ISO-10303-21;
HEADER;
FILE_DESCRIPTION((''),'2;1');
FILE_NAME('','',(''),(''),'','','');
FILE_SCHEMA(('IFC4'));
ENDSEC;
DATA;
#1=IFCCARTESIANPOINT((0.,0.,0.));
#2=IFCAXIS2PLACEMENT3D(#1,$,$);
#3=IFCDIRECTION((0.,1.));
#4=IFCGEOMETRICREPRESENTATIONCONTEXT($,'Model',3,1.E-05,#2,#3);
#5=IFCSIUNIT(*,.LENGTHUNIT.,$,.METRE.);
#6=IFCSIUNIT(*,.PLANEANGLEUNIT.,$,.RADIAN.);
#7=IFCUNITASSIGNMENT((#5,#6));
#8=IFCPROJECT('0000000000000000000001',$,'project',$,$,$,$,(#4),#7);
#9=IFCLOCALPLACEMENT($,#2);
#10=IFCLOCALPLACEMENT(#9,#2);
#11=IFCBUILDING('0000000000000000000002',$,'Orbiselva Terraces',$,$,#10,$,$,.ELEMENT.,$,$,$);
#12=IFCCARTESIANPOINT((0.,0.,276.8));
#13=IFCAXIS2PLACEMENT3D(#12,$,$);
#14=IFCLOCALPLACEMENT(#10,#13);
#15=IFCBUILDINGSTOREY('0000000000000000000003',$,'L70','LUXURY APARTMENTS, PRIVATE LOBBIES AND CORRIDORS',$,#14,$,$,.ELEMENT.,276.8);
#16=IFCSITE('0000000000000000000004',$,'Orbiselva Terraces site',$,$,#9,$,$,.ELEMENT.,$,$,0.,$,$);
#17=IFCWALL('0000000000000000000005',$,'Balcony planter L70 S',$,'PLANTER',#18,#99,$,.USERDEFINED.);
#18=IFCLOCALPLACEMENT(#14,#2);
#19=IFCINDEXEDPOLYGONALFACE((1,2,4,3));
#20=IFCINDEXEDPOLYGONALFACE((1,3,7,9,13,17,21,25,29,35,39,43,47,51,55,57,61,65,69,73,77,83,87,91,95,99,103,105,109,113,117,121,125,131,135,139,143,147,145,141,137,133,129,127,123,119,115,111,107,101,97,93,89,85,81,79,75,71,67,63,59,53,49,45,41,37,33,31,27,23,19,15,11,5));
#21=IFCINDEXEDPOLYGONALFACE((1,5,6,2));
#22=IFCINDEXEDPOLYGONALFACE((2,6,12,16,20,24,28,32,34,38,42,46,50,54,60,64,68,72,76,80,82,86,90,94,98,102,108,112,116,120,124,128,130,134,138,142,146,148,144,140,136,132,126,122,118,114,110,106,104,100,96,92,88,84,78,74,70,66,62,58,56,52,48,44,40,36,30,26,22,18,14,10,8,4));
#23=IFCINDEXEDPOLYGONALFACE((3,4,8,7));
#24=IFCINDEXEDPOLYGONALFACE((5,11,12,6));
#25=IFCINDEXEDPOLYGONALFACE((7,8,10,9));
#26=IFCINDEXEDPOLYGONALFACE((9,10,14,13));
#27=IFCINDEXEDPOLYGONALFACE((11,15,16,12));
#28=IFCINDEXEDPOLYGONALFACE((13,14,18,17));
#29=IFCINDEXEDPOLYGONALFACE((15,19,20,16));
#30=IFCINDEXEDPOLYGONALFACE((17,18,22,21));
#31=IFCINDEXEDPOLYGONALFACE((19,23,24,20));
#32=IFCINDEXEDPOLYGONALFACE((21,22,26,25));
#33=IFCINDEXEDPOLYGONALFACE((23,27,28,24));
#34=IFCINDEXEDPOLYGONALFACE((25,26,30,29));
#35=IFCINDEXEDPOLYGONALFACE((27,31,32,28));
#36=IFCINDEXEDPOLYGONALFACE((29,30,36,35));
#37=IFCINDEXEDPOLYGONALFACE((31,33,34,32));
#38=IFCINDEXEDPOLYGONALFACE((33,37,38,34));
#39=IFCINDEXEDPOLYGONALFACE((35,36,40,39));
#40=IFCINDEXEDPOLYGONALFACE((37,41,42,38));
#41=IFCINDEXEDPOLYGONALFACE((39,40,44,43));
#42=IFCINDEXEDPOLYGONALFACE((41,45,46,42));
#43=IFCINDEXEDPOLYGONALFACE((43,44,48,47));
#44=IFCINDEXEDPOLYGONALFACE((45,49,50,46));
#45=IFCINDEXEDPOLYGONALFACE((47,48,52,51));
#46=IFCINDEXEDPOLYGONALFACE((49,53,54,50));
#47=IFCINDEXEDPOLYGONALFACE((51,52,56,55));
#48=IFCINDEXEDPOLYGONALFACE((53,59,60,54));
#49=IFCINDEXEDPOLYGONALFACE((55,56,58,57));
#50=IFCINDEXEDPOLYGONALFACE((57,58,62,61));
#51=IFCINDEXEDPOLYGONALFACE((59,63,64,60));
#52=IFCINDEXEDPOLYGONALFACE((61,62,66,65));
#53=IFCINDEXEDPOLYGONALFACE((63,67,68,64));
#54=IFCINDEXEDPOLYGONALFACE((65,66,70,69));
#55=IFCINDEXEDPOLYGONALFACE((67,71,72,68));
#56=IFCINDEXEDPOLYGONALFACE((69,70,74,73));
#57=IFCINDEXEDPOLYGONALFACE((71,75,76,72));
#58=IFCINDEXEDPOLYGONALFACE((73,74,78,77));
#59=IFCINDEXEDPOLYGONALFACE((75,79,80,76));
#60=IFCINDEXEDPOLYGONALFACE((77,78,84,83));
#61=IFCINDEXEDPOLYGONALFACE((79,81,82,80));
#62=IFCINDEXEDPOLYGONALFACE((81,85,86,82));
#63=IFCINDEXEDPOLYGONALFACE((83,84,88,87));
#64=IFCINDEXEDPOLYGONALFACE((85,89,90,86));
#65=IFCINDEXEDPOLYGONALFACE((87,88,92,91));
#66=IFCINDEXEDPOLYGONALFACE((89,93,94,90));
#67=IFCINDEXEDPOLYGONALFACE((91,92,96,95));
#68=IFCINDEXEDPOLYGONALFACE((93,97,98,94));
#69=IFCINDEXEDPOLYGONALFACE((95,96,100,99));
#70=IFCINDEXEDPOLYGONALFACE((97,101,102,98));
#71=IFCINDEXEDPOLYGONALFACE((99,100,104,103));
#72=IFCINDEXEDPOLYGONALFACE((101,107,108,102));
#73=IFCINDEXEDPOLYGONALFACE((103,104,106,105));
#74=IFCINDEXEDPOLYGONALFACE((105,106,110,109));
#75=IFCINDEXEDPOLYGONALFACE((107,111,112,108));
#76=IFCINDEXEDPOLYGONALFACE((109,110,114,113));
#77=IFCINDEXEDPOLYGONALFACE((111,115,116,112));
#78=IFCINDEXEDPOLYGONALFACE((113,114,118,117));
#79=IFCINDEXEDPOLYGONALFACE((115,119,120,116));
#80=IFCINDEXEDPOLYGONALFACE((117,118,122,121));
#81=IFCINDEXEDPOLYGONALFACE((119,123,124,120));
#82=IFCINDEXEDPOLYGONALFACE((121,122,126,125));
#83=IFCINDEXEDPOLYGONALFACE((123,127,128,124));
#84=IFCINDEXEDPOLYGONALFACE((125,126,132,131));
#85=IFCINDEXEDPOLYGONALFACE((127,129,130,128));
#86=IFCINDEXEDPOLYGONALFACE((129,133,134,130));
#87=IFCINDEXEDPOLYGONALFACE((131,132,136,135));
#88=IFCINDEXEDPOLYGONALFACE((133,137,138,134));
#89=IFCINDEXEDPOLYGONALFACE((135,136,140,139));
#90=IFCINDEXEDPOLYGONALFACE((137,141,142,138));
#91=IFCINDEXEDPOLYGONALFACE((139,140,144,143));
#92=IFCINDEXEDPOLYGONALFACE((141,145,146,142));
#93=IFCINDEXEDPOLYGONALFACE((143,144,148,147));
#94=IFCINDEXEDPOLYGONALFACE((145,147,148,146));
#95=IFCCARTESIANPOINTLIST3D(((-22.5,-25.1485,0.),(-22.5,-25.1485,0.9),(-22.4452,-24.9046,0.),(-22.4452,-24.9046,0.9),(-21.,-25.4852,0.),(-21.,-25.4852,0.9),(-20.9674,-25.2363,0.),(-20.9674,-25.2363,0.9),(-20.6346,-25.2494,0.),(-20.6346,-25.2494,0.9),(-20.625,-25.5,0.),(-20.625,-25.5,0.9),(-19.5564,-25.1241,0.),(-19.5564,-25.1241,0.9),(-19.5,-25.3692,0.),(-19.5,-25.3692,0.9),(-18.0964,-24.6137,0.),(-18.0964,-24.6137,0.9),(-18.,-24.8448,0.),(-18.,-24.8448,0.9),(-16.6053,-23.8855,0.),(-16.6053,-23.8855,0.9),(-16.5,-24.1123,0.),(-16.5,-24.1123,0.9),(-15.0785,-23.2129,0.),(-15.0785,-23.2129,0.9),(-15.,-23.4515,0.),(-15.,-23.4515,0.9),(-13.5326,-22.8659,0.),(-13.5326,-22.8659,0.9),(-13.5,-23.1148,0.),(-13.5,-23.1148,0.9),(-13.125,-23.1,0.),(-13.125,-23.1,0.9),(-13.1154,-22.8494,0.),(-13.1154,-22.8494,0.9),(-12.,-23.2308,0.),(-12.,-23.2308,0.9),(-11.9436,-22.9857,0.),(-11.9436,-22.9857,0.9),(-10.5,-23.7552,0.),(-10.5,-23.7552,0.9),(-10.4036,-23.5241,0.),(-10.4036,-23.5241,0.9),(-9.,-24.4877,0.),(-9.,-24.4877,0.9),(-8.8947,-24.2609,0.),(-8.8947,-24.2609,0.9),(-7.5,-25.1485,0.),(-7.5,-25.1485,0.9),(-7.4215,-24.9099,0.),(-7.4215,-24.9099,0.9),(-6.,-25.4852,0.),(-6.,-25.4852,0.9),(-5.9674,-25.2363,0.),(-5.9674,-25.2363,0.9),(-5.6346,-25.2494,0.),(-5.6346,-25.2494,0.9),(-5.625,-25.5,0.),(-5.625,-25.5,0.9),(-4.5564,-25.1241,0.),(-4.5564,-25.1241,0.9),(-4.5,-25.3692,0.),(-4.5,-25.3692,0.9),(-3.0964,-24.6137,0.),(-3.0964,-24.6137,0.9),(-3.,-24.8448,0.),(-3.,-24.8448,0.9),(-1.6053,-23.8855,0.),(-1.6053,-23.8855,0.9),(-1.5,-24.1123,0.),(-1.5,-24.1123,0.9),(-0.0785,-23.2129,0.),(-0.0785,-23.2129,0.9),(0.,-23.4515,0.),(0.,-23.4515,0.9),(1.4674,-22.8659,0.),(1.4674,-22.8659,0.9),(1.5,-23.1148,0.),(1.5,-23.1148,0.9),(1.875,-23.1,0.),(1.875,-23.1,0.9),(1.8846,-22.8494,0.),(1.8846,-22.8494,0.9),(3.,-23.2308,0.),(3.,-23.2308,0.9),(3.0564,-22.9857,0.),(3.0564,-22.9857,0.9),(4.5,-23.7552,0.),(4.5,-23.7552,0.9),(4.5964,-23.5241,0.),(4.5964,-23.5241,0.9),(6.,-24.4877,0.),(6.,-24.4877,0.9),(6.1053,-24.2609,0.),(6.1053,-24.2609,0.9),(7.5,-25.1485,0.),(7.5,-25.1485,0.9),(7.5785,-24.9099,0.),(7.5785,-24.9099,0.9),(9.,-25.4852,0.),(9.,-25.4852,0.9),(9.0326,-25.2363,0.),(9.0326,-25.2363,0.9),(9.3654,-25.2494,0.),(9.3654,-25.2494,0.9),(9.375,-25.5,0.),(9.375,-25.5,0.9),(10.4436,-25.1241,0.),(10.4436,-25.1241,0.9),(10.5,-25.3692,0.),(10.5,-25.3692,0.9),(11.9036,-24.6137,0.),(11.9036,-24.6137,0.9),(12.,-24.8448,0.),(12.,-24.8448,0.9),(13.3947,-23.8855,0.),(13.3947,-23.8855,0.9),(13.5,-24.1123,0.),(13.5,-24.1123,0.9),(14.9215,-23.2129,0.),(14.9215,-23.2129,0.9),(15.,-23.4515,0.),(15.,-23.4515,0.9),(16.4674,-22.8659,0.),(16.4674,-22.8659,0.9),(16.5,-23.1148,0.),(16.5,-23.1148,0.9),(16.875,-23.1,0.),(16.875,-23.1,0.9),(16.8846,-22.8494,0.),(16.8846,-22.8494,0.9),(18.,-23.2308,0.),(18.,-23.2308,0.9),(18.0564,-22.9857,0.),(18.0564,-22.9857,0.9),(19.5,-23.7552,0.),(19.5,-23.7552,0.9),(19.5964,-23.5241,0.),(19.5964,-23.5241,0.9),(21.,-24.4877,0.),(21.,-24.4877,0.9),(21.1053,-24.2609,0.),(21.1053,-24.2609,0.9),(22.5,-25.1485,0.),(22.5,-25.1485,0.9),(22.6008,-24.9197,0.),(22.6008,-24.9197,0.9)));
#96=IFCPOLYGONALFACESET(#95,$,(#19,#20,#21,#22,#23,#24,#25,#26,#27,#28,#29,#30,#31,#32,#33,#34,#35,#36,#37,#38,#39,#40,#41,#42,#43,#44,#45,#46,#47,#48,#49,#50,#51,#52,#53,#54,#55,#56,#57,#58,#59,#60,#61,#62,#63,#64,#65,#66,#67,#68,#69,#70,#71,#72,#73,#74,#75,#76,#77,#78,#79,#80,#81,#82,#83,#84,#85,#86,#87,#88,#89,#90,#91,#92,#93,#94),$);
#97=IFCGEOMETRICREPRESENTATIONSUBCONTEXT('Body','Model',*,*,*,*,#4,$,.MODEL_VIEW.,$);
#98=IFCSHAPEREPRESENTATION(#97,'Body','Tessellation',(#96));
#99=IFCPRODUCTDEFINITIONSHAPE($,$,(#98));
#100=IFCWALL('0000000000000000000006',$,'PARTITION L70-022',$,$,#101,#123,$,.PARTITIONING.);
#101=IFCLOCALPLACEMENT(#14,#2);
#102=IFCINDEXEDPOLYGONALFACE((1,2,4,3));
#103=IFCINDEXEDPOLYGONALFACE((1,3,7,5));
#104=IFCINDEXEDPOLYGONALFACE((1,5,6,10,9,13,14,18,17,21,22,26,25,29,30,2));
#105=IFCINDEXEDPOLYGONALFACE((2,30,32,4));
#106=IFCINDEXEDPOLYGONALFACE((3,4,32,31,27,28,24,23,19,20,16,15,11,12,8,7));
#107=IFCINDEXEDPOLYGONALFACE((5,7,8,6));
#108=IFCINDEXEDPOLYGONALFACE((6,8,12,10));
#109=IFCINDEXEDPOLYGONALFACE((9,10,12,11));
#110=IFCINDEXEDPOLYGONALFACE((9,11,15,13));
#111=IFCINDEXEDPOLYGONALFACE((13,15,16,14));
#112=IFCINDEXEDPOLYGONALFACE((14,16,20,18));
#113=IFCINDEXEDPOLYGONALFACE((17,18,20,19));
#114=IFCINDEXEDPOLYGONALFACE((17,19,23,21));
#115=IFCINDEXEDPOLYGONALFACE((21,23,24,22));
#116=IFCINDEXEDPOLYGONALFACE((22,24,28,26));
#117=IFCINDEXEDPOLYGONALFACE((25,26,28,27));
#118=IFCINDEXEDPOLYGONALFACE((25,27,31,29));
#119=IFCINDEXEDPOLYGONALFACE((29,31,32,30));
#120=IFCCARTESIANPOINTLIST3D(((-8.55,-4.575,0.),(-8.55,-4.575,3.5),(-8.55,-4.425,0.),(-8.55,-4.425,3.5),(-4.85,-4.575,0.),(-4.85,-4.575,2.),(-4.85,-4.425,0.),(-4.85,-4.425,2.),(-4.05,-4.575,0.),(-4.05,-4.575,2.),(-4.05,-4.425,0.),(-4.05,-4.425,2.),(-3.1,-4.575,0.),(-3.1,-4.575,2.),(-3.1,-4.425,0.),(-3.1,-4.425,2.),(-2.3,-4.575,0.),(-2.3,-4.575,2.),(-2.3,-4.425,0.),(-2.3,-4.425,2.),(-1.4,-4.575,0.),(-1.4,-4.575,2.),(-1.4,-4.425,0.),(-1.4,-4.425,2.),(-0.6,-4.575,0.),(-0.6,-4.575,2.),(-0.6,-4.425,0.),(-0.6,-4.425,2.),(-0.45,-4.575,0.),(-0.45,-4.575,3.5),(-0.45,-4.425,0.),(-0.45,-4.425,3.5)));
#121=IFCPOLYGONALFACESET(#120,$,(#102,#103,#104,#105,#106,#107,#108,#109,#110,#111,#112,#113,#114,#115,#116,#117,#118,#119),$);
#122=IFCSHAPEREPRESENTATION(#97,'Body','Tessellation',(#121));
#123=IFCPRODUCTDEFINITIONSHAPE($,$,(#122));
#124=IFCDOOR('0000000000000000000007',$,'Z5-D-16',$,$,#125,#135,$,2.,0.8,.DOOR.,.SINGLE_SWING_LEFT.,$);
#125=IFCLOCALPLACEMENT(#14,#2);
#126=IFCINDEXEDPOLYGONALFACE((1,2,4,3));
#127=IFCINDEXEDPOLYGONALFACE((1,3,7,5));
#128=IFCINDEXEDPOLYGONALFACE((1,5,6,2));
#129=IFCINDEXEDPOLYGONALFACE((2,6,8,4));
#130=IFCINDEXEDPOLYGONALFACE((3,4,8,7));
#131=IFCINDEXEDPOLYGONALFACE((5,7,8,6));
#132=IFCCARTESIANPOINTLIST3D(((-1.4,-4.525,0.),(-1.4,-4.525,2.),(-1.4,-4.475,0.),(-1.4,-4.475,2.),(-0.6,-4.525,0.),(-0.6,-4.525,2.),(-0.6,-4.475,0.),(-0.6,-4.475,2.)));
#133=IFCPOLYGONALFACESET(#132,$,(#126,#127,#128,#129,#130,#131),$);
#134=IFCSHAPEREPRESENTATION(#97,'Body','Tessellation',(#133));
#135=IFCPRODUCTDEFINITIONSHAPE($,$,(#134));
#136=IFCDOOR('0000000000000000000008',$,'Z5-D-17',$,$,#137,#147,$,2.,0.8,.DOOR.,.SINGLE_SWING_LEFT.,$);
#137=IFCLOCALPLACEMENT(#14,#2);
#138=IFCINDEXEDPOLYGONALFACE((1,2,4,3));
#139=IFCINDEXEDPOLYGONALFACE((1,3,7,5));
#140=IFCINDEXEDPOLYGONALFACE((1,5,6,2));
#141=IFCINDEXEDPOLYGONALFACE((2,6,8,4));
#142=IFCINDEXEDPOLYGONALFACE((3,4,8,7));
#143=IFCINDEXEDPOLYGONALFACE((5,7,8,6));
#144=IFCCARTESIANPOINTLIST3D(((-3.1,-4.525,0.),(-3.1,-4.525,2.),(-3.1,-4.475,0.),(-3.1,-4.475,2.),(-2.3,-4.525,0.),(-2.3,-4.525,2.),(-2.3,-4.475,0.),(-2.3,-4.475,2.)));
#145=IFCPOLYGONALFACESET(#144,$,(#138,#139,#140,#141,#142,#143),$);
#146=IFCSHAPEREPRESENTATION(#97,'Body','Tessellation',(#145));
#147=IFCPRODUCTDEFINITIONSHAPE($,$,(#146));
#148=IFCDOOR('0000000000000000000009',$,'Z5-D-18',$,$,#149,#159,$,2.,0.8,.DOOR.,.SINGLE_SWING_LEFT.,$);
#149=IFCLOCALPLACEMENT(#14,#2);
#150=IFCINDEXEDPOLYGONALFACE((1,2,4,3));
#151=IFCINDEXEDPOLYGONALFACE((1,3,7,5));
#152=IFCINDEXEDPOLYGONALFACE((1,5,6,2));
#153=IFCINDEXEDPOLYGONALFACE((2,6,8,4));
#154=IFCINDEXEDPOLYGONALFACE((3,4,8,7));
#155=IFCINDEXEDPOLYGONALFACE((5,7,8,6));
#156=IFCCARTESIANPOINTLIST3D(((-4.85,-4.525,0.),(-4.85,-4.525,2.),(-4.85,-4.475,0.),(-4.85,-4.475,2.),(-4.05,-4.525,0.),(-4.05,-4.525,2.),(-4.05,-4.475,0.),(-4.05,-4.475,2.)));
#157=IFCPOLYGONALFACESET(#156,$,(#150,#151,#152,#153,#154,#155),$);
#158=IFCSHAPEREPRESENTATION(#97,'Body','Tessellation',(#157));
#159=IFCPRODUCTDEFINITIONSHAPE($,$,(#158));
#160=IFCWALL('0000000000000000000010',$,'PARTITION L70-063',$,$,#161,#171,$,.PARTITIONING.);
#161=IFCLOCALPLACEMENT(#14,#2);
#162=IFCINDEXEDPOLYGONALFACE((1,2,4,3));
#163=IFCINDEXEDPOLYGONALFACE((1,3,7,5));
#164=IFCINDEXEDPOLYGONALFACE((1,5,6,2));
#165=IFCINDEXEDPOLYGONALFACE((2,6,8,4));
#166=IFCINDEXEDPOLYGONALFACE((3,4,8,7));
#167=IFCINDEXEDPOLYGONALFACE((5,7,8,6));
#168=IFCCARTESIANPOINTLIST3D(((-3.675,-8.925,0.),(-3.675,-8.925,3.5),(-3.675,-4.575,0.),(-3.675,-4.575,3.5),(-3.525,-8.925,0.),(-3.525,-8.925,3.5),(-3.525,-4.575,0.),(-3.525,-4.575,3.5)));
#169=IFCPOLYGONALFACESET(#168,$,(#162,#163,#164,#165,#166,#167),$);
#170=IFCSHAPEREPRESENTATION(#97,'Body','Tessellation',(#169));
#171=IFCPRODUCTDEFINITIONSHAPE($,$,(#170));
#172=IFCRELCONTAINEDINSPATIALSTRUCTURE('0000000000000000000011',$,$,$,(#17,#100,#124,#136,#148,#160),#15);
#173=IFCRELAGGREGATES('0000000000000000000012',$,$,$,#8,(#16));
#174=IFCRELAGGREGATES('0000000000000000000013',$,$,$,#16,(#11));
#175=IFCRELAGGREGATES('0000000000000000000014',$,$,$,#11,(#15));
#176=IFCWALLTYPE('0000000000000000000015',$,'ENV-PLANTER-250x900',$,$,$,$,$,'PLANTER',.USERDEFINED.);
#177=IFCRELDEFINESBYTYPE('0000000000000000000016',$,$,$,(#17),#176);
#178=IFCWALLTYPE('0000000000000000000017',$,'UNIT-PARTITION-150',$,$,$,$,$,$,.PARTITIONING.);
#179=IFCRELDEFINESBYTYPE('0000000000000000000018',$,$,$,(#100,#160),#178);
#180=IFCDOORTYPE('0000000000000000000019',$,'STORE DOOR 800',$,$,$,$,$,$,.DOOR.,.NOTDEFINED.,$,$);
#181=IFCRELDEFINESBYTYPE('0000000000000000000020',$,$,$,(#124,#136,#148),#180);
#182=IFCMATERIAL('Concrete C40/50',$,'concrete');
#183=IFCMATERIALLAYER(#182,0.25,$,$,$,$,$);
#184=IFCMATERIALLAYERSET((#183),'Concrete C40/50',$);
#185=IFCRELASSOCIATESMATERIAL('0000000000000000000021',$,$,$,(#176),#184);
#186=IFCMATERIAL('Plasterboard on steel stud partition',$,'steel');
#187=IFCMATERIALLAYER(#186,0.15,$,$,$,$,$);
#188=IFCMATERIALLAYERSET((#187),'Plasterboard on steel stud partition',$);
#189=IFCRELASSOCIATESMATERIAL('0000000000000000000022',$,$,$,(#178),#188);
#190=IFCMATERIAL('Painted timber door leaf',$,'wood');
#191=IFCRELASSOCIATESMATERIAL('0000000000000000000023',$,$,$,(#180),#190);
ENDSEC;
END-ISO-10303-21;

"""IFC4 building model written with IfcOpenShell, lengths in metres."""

from ifc_helpers import new_model, si_unit, direction, frame, frame_2d, origin, place, context, subcontext, project, spatial, polyline, rectangle, outline, extrude, material, layer, layer_set, type_object, element, fill, save


model = new_model("IFC4")

# Units and contexts
model_context = context("Model", 3, precision=1e-05, world=origin(), true_north=direction((0.0, 1.0)))
body_context = subcontext(model_context, "Body", "Model", "MODEL_VIEW")
ifc_project = project(units=[si_unit("LENGTHUNIT", "METRE"), si_unit("PLANEANGLEUNIT", "RADIAN")], contexts=[model_context])

# Site, building, storey
site_placement = place(None, origin())
site = spatial("IfcSite", under=ifc_project, at=site_placement, Name="Orbiselva Terraces site", CompositionType="ELEMENT", RefElevation=0.0)
building_placement = place(site_placement, origin())
building = spatial("IfcBuilding", under=site, at=building_placement, Name="Orbiselva Terraces", CompositionType="ELEMENT")
storey_placement = place(building_placement, frame((0.0, 0.0, 276.8)))
storey = spatial("IfcBuildingStorey", under=building, at=storey_placement, Name="L70", Description="LUXURY APARTMENTS, PRIVATE LOBBIES AND CORRIDORS", CompositionType="ELEMENT", Elevation=276.8)

# Wall
ifc_material_1 = material(Name="Concrete C40/50", Category="concrete")
ifc_layer_1 = layer(ifc_material_1, 0.25)
ifc_layer_set_1 = layer_set([ifc_layer_1], Name="Concrete C40/50")
wall_type_1 = type_object("IfcWallType", Name="ENV-PLANTER-250x900", ElementType="PLANTER", PredefinedType="USERDEFINED", material=ifc_layer_set_1)
wall_1_placement = place(storey_placement, origin())
element("IfcWall", 1, at=wall_1_placement, inside=storey, type_object=wall_type_1, Name="Balcony planter L70 S", ObjectType="PLANTER", PredefinedType="USERDEFINED", context=body_context, shape_type="SweptSolid", body=[
    extrude(outline(polyline([(-22.5, -25.1485), (-21.0, -25.4852), (-20.625, -25.5), (-19.5, -25.3692), (-18.0, -24.8448), (-16.5, -24.1123), (-15.0, -23.4515), (-13.5, -23.1148), (-13.125, -23.1), (-12.0, -23.2308), (-10.5, -23.7552), (-9.0, -24.4877), (-7.5, -25.1485), (-6.0, -25.4852), (-5.625, -25.5), (-4.5, -25.3692), (-3.0, -24.8448), (-1.5, -24.1123), (0.0, -23.4515), (1.5, -23.1148), (1.875, -23.1), (3.0, -23.2308), (4.5, -23.7552), (6.0, -24.4877), (7.5, -25.1485), (9.0, -25.4852), (9.375, -25.5), (10.5, -25.3692), (12.0, -24.8448), (13.5, -24.1123), (15.0, -23.4515), (16.5, -23.1148), (16.875, -23.1), (18.0, -23.2308), (19.5, -23.7552), (21.0, -24.4877), (22.5, -25.1485), (22.6008, -24.9197), (21.1053, -24.2609), (19.5964, -23.5241), (18.0564, -22.9857), (16.8846, -22.8494), (16.4674, -22.8659), (14.9215, -23.2129), (13.3947, -23.8855), (11.9036, -24.6137), (10.4436, -25.1241), (9.3654, -25.2494), (9.0326, -25.2363), (7.5785, -24.9099), (6.1053, -24.2609), (4.5964, -23.5241), (3.0564, -22.9857), (1.8846, -22.8494), (1.4674, -22.8659), (-0.0785, -23.2129), (-1.6053, -23.8855), (-3.0964, -24.6137), (-4.5564, -25.1241), (-5.6346, -25.2494), (-5.9674, -25.2363), (-7.4215, -24.9099), (-8.8947, -24.2609), (-10.4036, -23.5241), (-11.9436, -22.9857), (-13.1154, -22.8494), (-13.5326, -22.8659), (-15.0785, -23.2129), (-16.6053, -23.8855), (-18.0964, -24.6137), (-19.5564, -25.1241), (-20.6346, -25.2494), (-20.9674, -25.2363), (-22.4452, -24.9046), (-22.5, -25.1485)])), origin(), (0.0, 0.0, 1.0), 0.9),
])

# Wall, openings, doors
ifc_material_2 = material(Name="Plasterboard on steel stud partition", Category="steel")
ifc_layer_2 = layer(ifc_material_2, 0.15)
ifc_layer_set_2 = layer_set([ifc_layer_2], Name="Plasterboard on steel stud partition")
wall_type_2 = type_object("IfcWallType", Name="UNIT-PARTITION-150", PredefinedType="PARTITIONING", material=ifc_layer_set_2)
wall_2_placement = place(storey_placement, frame((-0.45, -4.5, 0.0), z_axis=(0.0, 0.0, 1.0), x_axis=(-1.0, 0.0, 0.0)))
wall_2 = element("IfcWall", 2, at=wall_2_placement, inside=storey, type_object=wall_type_2, Name="PARTITION L70-022", PredefinedType="PARTITIONING", context=body_context, shape_type="SweptSolid", body=[
    extrude(rectangle(XDim=8.1, YDim=0.15, at=frame_2d((4.05, 0.0))), origin(), (0.0, 0.0, 1.0), 3.5),
])
opening_1_placement = place(wall_2_placement, frame((0.15, 0.0, 0.0)))
opening_1 = element("IfcOpeningElement", 3, at=opening_1_placement, cuts=wall_2, PredefinedType="OPENING", context=body_context, shape_type="SweptSolid", body=[
    extrude(rectangle(XDim=0.8, YDim=2.0, at=frame_2d((0.4, 1.0))), frame((0.0, 0.085, 0.0), z_axis=(0.0, -1.0, 0.0), x_axis=(1.0, 0.0, 0.0)), (0.0, 0.0, 1.0), 0.17),
])
opening_2_placement = place(wall_2_placement, frame((1.85, 0.0, 0.0)))
opening_2 = element("IfcOpeningElement", 4, at=opening_2_placement, cuts=wall_2, PredefinedType="OPENING", context=body_context, shape_type="SweptSolid", body=[
    extrude(rectangle(XDim=0.8, YDim=2.0, at=frame_2d((0.4, 1.0))), frame((0.0, 0.085, 0.0), z_axis=(0.0, -1.0, 0.0), x_axis=(1.0, 0.0, 0.0)), (0.0, 0.0, 1.0), 0.17),
])
opening_3_placement = place(wall_2_placement, frame((3.6, 0.0, 0.0)))
opening_3 = element("IfcOpeningElement", 5, at=opening_3_placement, cuts=wall_2, PredefinedType="OPENING", context=body_context, shape_type="SweptSolid", body=[
    extrude(rectangle(XDim=0.8, YDim=2.0, at=frame_2d((0.4, 1.0))), frame((0.0, 0.085, 0.0), z_axis=(0.0, -1.0, 0.0), x_axis=(1.0, 0.0, 0.0)), (0.0, 0.0, 1.0), 0.17),
])
ifc_material_3 = material(Name="Painted timber door leaf", Category="wood")
door_type = type_object("IfcDoorType", Name="STORE DOOR 800", OperationType="NOTDEFINED", PredefinedType="DOOR", material=ifc_material_3)
door_1_placement = place(opening_1_placement, origin())
door_1 = element("IfcDoor", 6, at=door_1_placement, inside=storey, type_object=door_type, Name="Z5-D-16", OperationType="SINGLE_SWING_LEFT", OverallHeight=2.0, OverallWidth=0.8, PredefinedType="DOOR", context=body_context, shape_type="SweptSolid", body=[
    extrude(rectangle(XDim=0.8, YDim=2.0, at=frame_2d((0.4, 1.0))), frame((0.0, 0.025, 0.0), z_axis=(0.0, -1.0, 0.0), x_axis=(1.0, 0.0, 0.0)), (0.0, 0.0, 1.0), 0.05),
])
fill(opening_1, door_1)
door_2_placement = place(opening_2_placement, origin())
door_2 = element("IfcDoor", 7, at=door_2_placement, inside=storey, type_object=door_type, Name="Z5-D-17", OperationType="SINGLE_SWING_LEFT", OverallHeight=2.0, OverallWidth=0.8, PredefinedType="DOOR", context=body_context, shape_type="SweptSolid", body=[
    extrude(rectangle(XDim=0.8, YDim=2.0, at=frame_2d((0.4, 1.0))), frame((0.0, 0.025, 0.0), z_axis=(0.0, -1.0, 0.0), x_axis=(1.0, 0.0, 0.0)), (0.0, 0.0, 1.0), 0.05),
])
fill(opening_2, door_2)
door_3_placement = place(opening_3_placement, origin())
door_3 = element("IfcDoor", 8, at=door_3_placement, inside=storey, type_object=door_type, Name="Z5-D-18", OperationType="SINGLE_SWING_LEFT", OverallHeight=2.0, OverallWidth=0.8, PredefinedType="DOOR", context=body_context, shape_type="SweptSolid", body=[
    extrude(rectangle(XDim=0.8, YDim=2.0, at=frame_2d((0.4, 1.0))), frame((0.0, 0.025, 0.0), z_axis=(0.0, -1.0, 0.0), x_axis=(1.0, 0.0, 0.0)), (0.0, 0.0, 1.0), 0.05),
])
fill(opening_3, door_3)

# Wall
for number, where, z_axis, x_axis, name in (
    (9, (-3.6, -8.925, 0.0), (0.0, 0.0, 1.0), (0.0, 1.0, 0.0), "PARTITION L70-063"),
):
    element("IfcWall", number, at=place(storey_placement, frame(where, z_axis=z_axis, x_axis=x_axis)), inside=storey, type_object=wall_type_2, Name=name, PredefinedType="PARTITIONING", context=body_context, shape_type="SweptSolid", body=[
        extrude(rectangle(XDim=4.35, YDim=0.15, at=frame_2d((2.175, 0.0))), origin(), (0.0, 0.0, 1.0), 3.5),
    ])

save(model, "model.ifc")
